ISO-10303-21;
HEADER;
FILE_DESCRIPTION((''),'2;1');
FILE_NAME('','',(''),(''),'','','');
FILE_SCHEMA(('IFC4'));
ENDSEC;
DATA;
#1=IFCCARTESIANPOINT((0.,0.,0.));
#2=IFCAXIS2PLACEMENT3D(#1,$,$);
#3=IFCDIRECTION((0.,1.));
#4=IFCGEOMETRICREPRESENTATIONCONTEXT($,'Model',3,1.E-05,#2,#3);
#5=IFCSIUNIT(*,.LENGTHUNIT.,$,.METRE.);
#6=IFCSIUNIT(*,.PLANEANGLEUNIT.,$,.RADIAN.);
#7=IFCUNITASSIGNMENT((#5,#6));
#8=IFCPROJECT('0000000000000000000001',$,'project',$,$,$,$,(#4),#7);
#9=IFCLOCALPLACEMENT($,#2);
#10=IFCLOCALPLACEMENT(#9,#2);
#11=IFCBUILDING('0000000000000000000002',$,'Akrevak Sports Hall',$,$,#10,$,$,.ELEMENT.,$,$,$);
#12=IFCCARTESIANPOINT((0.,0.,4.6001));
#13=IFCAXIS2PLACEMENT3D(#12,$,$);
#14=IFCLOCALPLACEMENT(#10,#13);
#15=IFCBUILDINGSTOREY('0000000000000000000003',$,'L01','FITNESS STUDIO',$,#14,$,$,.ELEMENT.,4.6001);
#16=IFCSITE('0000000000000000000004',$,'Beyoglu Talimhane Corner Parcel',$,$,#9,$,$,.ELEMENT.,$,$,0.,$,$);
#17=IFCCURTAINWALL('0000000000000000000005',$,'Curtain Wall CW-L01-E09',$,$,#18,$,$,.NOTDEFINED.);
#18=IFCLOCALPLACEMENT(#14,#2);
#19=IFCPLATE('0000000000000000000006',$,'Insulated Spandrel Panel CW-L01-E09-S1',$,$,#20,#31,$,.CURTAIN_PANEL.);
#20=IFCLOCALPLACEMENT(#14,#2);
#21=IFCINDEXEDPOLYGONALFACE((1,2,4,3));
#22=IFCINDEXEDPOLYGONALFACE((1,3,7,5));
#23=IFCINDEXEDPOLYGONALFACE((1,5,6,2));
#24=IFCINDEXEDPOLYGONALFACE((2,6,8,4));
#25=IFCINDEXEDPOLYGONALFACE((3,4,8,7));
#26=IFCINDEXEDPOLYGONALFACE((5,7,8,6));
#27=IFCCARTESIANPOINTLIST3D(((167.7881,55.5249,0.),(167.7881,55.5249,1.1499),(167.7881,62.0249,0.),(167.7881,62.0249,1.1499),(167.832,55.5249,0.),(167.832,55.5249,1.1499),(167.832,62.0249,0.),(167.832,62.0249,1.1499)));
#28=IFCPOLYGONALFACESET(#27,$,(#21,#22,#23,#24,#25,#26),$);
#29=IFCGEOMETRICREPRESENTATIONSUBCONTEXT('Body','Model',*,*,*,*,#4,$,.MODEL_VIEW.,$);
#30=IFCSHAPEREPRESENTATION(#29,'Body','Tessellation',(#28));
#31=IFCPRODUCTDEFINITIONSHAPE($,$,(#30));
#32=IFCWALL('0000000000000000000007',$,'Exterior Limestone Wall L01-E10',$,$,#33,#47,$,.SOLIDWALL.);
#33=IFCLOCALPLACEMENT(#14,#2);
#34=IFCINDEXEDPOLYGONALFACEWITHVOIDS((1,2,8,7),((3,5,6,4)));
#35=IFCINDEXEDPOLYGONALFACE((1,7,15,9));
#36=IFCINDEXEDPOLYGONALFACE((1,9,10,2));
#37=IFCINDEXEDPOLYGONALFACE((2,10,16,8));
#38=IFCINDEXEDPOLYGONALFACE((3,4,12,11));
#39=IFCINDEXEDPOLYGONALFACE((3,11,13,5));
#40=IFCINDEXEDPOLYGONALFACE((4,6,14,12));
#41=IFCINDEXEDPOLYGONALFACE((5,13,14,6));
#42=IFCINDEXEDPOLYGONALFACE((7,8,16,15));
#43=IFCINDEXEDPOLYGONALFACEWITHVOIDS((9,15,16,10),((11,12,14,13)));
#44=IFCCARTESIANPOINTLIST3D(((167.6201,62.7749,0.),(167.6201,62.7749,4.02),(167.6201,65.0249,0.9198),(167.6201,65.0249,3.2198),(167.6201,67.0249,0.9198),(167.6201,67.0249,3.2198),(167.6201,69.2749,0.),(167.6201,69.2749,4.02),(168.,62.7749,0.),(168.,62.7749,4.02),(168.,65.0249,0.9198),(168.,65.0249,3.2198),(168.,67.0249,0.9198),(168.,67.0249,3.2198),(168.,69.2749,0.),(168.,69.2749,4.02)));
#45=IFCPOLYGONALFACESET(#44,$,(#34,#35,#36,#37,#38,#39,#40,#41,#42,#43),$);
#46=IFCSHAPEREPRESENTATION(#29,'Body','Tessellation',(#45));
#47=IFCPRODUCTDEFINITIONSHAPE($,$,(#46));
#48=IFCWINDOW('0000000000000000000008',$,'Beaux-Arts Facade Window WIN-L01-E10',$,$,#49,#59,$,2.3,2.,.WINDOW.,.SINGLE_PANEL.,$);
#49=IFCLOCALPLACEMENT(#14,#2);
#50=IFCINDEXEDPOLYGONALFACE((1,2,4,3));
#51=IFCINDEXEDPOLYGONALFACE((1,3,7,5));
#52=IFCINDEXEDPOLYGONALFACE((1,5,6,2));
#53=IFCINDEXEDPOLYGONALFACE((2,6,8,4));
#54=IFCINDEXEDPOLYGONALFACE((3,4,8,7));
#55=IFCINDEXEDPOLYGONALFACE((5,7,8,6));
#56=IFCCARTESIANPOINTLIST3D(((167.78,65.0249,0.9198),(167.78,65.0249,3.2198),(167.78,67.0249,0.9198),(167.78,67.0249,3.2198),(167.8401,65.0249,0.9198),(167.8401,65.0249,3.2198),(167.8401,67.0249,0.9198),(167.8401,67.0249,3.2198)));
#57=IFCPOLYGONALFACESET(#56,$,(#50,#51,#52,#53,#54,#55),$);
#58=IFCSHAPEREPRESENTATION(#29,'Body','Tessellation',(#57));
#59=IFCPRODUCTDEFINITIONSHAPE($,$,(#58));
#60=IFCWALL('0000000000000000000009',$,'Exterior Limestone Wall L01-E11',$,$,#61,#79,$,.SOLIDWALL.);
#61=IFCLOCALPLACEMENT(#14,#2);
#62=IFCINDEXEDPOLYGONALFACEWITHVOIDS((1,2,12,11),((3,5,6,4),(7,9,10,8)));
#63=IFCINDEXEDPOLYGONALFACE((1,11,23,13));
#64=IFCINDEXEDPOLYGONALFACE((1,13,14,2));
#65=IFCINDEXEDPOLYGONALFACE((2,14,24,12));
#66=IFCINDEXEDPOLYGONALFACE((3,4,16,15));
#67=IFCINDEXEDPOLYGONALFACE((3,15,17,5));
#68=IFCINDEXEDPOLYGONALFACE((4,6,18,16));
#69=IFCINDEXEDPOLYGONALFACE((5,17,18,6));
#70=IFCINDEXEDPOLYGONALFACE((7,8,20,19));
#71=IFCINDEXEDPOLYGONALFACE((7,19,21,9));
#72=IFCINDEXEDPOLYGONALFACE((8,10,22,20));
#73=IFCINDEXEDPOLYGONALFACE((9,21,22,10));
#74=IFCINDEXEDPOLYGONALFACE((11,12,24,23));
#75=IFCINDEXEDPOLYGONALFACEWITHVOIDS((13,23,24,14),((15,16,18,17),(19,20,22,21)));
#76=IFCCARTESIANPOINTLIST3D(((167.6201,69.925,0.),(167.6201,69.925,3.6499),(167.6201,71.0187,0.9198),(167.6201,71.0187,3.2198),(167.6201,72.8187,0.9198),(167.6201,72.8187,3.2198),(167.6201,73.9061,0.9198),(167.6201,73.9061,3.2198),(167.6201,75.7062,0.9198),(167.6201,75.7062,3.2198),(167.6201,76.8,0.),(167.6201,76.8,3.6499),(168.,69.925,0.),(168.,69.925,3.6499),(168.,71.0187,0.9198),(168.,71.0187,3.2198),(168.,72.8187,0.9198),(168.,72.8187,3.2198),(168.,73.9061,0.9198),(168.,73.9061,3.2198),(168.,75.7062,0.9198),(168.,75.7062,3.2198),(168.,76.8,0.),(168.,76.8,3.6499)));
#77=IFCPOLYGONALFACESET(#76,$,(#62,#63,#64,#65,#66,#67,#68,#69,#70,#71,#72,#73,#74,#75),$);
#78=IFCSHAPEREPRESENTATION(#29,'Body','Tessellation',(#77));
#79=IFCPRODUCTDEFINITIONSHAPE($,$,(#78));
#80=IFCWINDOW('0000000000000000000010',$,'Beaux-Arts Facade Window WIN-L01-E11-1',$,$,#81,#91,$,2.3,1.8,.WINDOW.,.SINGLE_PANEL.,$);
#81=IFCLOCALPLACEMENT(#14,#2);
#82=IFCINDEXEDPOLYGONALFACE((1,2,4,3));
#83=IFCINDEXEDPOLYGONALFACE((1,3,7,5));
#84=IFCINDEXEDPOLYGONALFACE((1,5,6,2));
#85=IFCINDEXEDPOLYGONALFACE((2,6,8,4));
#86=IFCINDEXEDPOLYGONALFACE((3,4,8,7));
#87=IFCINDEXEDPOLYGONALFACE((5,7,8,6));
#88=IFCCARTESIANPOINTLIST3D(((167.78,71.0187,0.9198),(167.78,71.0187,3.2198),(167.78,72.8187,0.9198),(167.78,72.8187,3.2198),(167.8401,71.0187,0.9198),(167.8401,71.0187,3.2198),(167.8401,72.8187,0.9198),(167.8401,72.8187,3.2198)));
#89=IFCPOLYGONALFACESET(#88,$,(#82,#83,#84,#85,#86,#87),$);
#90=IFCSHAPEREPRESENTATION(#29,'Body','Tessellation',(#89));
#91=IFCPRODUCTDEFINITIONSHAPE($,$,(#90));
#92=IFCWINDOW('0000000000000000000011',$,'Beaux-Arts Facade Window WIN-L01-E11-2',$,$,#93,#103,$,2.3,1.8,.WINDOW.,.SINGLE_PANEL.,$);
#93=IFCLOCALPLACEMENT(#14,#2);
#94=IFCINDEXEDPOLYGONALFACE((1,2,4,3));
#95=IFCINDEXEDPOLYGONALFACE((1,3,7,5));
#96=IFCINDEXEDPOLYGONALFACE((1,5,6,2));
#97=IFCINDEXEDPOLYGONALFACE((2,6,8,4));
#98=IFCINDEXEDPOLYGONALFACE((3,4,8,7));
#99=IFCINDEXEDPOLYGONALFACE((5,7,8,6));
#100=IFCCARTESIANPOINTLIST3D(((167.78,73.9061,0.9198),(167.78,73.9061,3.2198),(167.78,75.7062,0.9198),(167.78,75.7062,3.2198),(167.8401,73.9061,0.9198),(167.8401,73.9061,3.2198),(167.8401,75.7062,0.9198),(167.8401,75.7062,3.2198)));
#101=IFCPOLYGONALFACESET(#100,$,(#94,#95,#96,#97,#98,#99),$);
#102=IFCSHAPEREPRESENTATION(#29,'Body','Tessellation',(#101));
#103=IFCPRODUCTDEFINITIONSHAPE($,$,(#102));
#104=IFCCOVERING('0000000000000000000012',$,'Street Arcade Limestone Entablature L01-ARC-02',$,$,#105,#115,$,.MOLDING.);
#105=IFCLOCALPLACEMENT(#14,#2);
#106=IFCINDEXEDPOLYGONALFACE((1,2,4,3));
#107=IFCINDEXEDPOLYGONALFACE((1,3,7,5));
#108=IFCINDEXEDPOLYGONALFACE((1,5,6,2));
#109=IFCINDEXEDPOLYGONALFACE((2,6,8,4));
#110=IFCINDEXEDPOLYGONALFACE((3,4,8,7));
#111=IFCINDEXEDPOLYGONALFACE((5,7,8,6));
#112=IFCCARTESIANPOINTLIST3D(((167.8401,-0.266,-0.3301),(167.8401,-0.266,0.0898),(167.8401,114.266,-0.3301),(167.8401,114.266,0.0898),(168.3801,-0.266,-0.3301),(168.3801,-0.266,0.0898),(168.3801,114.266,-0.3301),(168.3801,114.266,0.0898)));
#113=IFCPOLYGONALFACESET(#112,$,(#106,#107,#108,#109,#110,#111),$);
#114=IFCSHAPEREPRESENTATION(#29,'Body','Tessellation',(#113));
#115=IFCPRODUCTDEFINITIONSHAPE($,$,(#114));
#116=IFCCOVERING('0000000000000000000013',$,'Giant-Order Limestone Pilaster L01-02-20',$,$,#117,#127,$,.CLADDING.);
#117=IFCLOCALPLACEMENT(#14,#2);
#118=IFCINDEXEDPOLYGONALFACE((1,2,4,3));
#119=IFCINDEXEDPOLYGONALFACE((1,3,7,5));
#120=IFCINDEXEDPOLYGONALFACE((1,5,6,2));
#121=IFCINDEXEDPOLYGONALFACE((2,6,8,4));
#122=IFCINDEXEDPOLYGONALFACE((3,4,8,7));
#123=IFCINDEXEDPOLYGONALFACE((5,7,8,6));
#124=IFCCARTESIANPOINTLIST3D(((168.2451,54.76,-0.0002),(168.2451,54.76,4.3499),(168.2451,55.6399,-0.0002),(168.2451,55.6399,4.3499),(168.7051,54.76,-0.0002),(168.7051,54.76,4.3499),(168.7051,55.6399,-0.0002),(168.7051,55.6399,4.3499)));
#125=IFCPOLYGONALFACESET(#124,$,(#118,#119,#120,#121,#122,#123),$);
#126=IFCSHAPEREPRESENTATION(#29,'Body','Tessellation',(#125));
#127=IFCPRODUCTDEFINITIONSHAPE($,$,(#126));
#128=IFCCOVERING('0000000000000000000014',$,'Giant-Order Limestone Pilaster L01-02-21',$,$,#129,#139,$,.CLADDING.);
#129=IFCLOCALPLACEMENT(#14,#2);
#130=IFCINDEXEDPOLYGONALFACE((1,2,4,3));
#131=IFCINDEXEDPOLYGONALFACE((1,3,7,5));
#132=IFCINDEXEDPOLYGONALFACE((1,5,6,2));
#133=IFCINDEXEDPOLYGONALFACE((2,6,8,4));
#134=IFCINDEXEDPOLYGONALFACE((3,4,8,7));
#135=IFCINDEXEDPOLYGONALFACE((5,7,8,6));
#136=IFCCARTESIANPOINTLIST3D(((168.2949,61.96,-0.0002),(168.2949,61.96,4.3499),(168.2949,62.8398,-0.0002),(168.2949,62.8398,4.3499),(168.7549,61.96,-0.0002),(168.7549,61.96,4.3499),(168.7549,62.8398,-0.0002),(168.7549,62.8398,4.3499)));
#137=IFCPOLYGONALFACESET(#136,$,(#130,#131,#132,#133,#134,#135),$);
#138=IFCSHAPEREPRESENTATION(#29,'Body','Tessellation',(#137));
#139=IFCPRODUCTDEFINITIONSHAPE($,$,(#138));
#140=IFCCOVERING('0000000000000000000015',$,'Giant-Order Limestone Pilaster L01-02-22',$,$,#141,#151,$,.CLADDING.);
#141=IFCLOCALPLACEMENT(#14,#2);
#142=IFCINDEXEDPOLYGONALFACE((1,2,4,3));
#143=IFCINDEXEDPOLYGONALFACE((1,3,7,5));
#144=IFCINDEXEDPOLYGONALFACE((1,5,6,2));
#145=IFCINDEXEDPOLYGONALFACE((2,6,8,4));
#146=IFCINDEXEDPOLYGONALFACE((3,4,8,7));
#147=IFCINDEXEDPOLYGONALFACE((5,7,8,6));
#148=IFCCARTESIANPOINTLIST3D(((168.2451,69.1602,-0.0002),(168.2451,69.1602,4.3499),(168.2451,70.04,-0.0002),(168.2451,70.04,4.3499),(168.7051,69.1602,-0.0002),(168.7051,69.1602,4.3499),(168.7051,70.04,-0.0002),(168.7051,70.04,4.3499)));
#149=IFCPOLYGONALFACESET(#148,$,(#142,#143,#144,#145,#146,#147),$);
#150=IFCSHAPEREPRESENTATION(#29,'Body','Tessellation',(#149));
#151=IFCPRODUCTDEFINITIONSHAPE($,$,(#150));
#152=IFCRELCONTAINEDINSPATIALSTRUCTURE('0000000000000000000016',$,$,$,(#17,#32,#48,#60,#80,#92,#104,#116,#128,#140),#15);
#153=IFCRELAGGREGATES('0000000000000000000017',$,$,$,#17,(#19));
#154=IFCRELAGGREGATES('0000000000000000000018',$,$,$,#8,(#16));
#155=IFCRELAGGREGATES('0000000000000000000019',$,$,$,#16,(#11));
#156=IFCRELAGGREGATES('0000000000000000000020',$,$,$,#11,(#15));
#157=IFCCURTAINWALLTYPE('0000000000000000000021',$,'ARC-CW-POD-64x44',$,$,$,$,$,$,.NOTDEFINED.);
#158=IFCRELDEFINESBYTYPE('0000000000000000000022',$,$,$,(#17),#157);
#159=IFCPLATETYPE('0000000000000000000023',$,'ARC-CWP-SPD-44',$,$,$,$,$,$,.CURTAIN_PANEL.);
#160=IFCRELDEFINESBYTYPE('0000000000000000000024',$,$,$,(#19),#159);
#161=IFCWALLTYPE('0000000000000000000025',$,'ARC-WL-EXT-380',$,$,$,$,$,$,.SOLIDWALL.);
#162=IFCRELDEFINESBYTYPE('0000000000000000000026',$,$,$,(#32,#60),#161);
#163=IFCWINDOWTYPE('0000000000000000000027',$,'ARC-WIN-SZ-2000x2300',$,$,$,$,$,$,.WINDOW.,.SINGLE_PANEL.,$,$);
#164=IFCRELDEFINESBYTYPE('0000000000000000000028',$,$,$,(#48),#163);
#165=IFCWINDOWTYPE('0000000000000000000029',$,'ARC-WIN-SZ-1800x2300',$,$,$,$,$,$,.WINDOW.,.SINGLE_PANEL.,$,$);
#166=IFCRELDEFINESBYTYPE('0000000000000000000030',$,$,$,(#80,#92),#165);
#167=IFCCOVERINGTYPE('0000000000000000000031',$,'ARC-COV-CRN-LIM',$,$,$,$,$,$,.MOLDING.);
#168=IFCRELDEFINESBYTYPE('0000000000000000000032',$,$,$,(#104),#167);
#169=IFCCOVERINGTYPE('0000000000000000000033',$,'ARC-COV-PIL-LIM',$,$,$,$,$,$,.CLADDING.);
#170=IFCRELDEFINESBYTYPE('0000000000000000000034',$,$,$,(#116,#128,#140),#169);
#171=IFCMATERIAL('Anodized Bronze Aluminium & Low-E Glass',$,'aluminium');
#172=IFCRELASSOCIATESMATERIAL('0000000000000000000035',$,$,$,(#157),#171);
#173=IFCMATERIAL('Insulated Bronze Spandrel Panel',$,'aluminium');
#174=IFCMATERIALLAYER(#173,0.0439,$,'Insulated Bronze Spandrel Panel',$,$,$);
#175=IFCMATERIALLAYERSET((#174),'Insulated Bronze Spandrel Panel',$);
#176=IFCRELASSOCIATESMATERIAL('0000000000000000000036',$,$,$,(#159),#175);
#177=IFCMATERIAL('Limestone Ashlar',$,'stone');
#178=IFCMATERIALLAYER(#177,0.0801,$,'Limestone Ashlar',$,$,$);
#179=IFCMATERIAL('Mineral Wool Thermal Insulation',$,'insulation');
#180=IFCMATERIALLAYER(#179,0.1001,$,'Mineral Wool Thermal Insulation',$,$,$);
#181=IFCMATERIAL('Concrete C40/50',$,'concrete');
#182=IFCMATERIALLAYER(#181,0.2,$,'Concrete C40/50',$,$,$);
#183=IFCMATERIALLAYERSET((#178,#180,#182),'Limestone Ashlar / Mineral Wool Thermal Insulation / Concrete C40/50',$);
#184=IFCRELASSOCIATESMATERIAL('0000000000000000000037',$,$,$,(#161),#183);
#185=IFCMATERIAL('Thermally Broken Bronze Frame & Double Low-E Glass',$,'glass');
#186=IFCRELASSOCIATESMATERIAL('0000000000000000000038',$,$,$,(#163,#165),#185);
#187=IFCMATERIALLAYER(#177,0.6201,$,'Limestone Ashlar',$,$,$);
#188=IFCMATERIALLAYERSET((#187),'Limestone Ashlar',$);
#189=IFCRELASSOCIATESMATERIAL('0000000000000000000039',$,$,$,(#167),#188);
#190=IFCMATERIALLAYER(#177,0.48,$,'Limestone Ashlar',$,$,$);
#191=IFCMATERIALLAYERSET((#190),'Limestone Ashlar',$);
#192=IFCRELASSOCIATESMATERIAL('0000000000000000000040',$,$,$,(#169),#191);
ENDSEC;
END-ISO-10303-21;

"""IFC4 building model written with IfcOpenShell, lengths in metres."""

from ifc_helpers import new_model, si_unit, direction, frame, frame_2d, origin, origin_2d, place, context, subcontext, project, spatial, rectangle, extrude, material, layer, layer_set, type_object, element, fill, aggregate, save


model = new_model("IFC4")

# Units and contexts
model_context = context("Model", 3, precision=1e-05, world=origin(), true_north=direction((0.0, 1.0)))
body_context = subcontext(model_context, "Body", "Model", "MODEL_VIEW")
ifc_project = project(units=[si_unit("LENGTHUNIT", "METRE"), si_unit("PLANEANGLEUNIT", "RADIAN")], contexts=[model_context])

# Site, building, storey
site_placement = place(None, origin())
site = spatial("IfcSite", under=ifc_project, at=site_placement, Name="Beyoglu Talimhane Corner Parcel", CompositionType="ELEMENT", RefElevation=0.0)
building_placement = place(site_placement, origin())
building = spatial("IfcBuilding", under=site, at=building_placement, Name="Akrevak Sports Hall", CompositionType="ELEMENT")
storey_placement = place(building_placement, frame((0.0, 0.0, 4.6001)))
storey = spatial("IfcBuildingStorey", under=building, at=storey_placement, Name="L01", Description="FITNESS STUDIO", CompositionType="ELEMENT", Elevation=4.6001)

# Shared definitions
ifc_material_1 = material(Name="Concrete C40/50", Category="concrete")

# Curtain wall
ifc_material_2 = material(Name="Anodized Bronze Aluminium & Low-E Glass", Category="aluminium")
curtain_wall_type = type_object("IfcCurtainWallType", Name="ARC-CW-POD-64x44", PredefinedType="NOTDEFINED", material=ifc_material_2)
curtain_wall_placement = place(storey_placement, origin())
curtain_wall = element("IfcCurtainWall", 1, at=curtain_wall_placement, inside=storey, type_object=curtain_wall_type, Name="Curtain Wall CW-L01-E09", PredefinedType="NOTDEFINED")

# Plate
ifc_material_3 = material(Name="Insulated Bronze Spandrel Panel", Category="aluminium")
ifc_layer_1 = layer(ifc_material_3, 0.0439, Name="Insulated Bronze Spandrel Panel")
ifc_layer_set_1 = layer_set([ifc_layer_1], Name="Insulated Bronze Spandrel Panel")
plate_type_1 = type_object("IfcPlateType", Name="ARC-CWP-SPD-44", PredefinedType="CURTAIN_PANEL", material=ifc_layer_set_1)
plate_1_placement = place(storey_placement, frame((167.8101, 58.7749, 0.0), z_axis=(0.0, 0.0, 1.0), x_axis=(0.0, 1.0, 0.0)))
plate_1 = element("IfcPlate", 2, at=plate_1_placement, type_object=plate_type_1, Name="Insulated Spandrel Panel CW-L01-E09-S1", PredefinedType="CURTAIN_PANEL", context=body_context, shape_type="SweptSolid", body=[
    extrude(rectangle(XDim=6.5, YDim=0.0439, at=origin_2d()), origin(), (0.0, 0.0, 1.0), 1.1499),
])
aggregate(curtain_wall, [plate_1])

# Wall, opening, window
ifc_material_4 = material(Name="Limestone Ashlar", Category="stone")
ifc_layer_2 = layer(ifc_material_4, 0.0801, Name="Limestone Ashlar")
ifc_material_5 = material(Name="Mineral Wool Thermal Insulation", Category="insulation")
ifc_layer_3 = layer(ifc_material_5, 0.1001, Name="Mineral Wool Thermal Insulation")
ifc_layer_4 = layer(ifc_material_1, 0.2, Name="Concrete C40/50")
ifc_layer_set_2 = layer_set([ifc_layer_2, ifc_layer_3, ifc_layer_4], Name="Limestone Ashlar / Mineral Wool Thermal Insulation / Concrete C40/50")
wall_type = type_object("IfcWallType", Name="ARC-WL-EXT-380", PredefinedType="SOLIDWALL", material=ifc_layer_set_2)
wall_1_placement = place(storey_placement, frame((167.8101, 62.7749, 0.0), z_axis=(0.0, 0.0, 1.0), x_axis=(0.0, 1.0, 0.0)))
wall_1 = element("IfcWall", 3, at=wall_1_placement, inside=storey, type_object=wall_type, Name="Exterior Limestone Wall L01-E10", PredefinedType="SOLIDWALL", context=body_context, shape_type="SweptSolid", body=[
    extrude(rectangle(XDim=6.5, YDim=0.3799, at=frame_2d((3.25, 0.0))), origin(), (0.0, 0.0, 1.0), 4.02),
])
opening_1_placement = place(wall_1_placement, frame((2.25, 0.0, 0.9199)))
opening_1 = element("IfcOpeningElement", 4, at=opening_1_placement, cuts=wall_1, PredefinedType="OPENING", context=body_context, shape_type="SweptSolid", body=[
    extrude(rectangle(XDim=2.0, YDim=2.3, at=frame_2d((1.0, 1.1499))), frame((0.0, 0.2019, 0.0), z_axis=(0.0, -1.0, 0.0), x_axis=(1.0, 0.0, 0.0)), (0.0, 0.0, 1.0), 0.4038),
])
ifc_material_6 = material(Name="Thermally Broken Bronze Frame & Double Low-E Glass", Category="glass")
window_type_1 = type_object("IfcWindowType", Name="ARC-WIN-SZ-2000x2300", PartitioningType="SINGLE_PANEL", PredefinedType="WINDOW", material=ifc_material_6)
window_1_placement = place(opening_1_placement, origin())
window_1 = element("IfcWindow", 5, at=window_1_placement, inside=storey, type_object=window_type_1, Name="Beaux-Arts Facade Window WIN-L01-E10", OverallHeight=2.3, OverallWidth=2.0, PartitioningType="SINGLE_PANEL", PredefinedType="WINDOW", context=body_context, shape_type="SweptSolid", body=[
    extrude(rectangle(XDim=2.0, YDim=2.3, at=frame_2d((1.0, 1.1499))), frame((0.0, 0.03, 0.0), z_axis=(0.0, -1.0, 0.0), x_axis=(1.0, 0.0, 0.0)), (0.0, 0.0, 1.0), 0.0601),
])
fill(opening_1, window_1)

# Wall, openings, windows
wall_2_placement = place(storey_placement, frame((167.8101, 69.925, 0.0), z_axis=(0.0, 0.0, 1.0), x_axis=(0.0, 1.0, 0.0)))
wall_2 = element("IfcWall", 6, at=wall_2_placement, inside=storey, type_object=wall_type, Name="Exterior Limestone Wall L01-E11", PredefinedType="SOLIDWALL", context=body_context, shape_type="SweptSolid", body=[
    extrude(rectangle(XDim=6.875, YDim=0.3799, at=frame_2d((3.4375, 0.0))), origin(), (0.0, 0.0, 1.0), 3.6499),
])
opening_2_placement = place(wall_2_placement, frame((1.0938, 0.0, 0.9199)))
opening_2 = element("IfcOpeningElement", 7, at=opening_2_placement, cuts=wall_2, PredefinedType="OPENING", context=body_context, shape_type="SweptSolid", body=[
    extrude(rectangle(XDim=1.8, YDim=2.3, at=frame_2d((0.8999, 1.1499))), frame((0.0, 0.2019, 0.0), z_axis=(0.0, -1.0, 0.0), x_axis=(1.0, 0.0, 0.0)), (0.0, 0.0, 1.0), 0.4038),
])
opening_3_placement = place(wall_2_placement, frame((3.9812, 0.0, 0.9199)))
opening_3 = element("IfcOpeningElement", 8, at=opening_3_placement, cuts=wall_2, PredefinedType="OPENING", context=body_context, shape_type="SweptSolid", body=[
    extrude(rectangle(XDim=1.8, YDim=2.3, at=frame_2d((0.8999, 1.1499))), frame((0.0, 0.2019, 0.0), z_axis=(0.0, -1.0, 0.0), x_axis=(1.0, 0.0, 0.0)), (0.0, 0.0, 1.0), 0.4038),
])
window_type_2 = type_object("IfcWindowType", Name="ARC-WIN-SZ-1800x2300", PartitioningType="SINGLE_PANEL", PredefinedType="WINDOW", material=ifc_material_6)
window_2_placement = place(opening_2_placement, origin())
window_2 = element("IfcWindow", 9, at=window_2_placement, inside=storey, type_object=window_type_2, Name="Beaux-Arts Facade Window WIN-L01-E11-1", OverallHeight=2.3, OverallWidth=1.8, PartitioningType="SINGLE_PANEL", PredefinedType="WINDOW", context=body_context, shape_type="SweptSolid", body=[
    extrude(rectangle(XDim=1.8, YDim=2.3, at=frame_2d((0.8999, 1.1499))), frame((0.0, 0.03, 0.0), z_axis=(0.0, -1.0, 0.0), x_axis=(1.0, 0.0, 0.0)), (0.0, 0.0, 1.0), 0.0601),
])
fill(opening_2, window_2)
window_3_placement = place(opening_3_placement, origin())
window_3 = element("IfcWindow", 10, at=window_3_placement, inside=storey, type_object=window_type_2, Name="Beaux-Arts Facade Window WIN-L01-E11-2", OverallHeight=2.3, OverallWidth=1.8, PartitioningType="SINGLE_PANEL", PredefinedType="WINDOW", context=body_context, shape_type="SweptSolid", body=[
    extrude(rectangle(XDim=1.8, YDim=2.3, at=frame_2d((0.8999, 1.1499))), frame((0.0, 0.03, 0.0), z_axis=(0.0, -1.0, 0.0), x_axis=(1.0, 0.0, 0.0)), (0.0, 0.0, 1.0), 0.0601),
])
fill(opening_3, window_3)

# Coverings
ifc_layer_5 = layer(ifc_material_4, 0.6201, Name="Limestone Ashlar")
ifc_layer_set_3 = layer_set([ifc_layer_5], Name="Limestone Ashlar")
covering_type_1 = type_object("IfcCoveringType", Name="ARC-COV-CRN-LIM", PredefinedType="MOLDING", material=ifc_layer_set_3)
covering_placement = place(storey_placement, frame((168.1101, 57.0, -0.3301), z_axis=(0.0, 0.0, 1.0), x_axis=(0.0, 1.0, 0.0)))
element("IfcCovering", 11, at=covering_placement, inside=storey, type_object=covering_type_1, Name="Street Arcade Limestone Entablature L01-ARC-02", PredefinedType="MOLDING", context=body_context, shape_type="SweptSolid", body=[
    extrude(rectangle(XDim=114.532, YDim=0.54, at=origin_2d()), origin(), (0.0, 0.0, 1.0), 0.4199),
])
ifc_layer_6 = layer(ifc_material_4, 0.48, Name="Limestone Ashlar")
ifc_layer_set_4 = layer_set([ifc_layer_6], Name="Limestone Ashlar")
covering_type_2 = type_object("IfcCoveringType", Name="ARC-COV-PIL-LIM", PredefinedType="CLADDING", material=ifc_layer_set_4)
for number, where, z_axis, x_axis, name in (
    (12, (168.4751, 55.2, -0.0002), (0.0, 0.0, 1.0), (0.0, 1.0, 0.0), "Giant-Order Limestone Pilaster L01-02-20"),
    (13, (168.5249, 62.3999, -0.0002), (0.0, 0.0, 1.0), (0.0, 1.0, 0.0), "Giant-Order Limestone Pilaster L01-02-21"),
    (14, (168.4751, 69.6001, -0.0002), (0.0, 0.0, 1.0), (0.0, 1.0, 0.0), "Giant-Order Limestone Pilaster L01-02-22"),
):
    element("IfcCovering", number, at=place(storey_placement, frame(where, z_axis=z_axis, x_axis=x_axis)), inside=storey, type_object=covering_type_2, Name=name, PredefinedType="CLADDING", context=body_context, shape_type="SweptSolid", body=[
        extrude(rectangle(XDim=0.8799, YDim=0.46, at=origin_2d()), origin(), (0.0, 0.0, 1.0), 4.3501),
    ])

save(model, "model.ifc")
